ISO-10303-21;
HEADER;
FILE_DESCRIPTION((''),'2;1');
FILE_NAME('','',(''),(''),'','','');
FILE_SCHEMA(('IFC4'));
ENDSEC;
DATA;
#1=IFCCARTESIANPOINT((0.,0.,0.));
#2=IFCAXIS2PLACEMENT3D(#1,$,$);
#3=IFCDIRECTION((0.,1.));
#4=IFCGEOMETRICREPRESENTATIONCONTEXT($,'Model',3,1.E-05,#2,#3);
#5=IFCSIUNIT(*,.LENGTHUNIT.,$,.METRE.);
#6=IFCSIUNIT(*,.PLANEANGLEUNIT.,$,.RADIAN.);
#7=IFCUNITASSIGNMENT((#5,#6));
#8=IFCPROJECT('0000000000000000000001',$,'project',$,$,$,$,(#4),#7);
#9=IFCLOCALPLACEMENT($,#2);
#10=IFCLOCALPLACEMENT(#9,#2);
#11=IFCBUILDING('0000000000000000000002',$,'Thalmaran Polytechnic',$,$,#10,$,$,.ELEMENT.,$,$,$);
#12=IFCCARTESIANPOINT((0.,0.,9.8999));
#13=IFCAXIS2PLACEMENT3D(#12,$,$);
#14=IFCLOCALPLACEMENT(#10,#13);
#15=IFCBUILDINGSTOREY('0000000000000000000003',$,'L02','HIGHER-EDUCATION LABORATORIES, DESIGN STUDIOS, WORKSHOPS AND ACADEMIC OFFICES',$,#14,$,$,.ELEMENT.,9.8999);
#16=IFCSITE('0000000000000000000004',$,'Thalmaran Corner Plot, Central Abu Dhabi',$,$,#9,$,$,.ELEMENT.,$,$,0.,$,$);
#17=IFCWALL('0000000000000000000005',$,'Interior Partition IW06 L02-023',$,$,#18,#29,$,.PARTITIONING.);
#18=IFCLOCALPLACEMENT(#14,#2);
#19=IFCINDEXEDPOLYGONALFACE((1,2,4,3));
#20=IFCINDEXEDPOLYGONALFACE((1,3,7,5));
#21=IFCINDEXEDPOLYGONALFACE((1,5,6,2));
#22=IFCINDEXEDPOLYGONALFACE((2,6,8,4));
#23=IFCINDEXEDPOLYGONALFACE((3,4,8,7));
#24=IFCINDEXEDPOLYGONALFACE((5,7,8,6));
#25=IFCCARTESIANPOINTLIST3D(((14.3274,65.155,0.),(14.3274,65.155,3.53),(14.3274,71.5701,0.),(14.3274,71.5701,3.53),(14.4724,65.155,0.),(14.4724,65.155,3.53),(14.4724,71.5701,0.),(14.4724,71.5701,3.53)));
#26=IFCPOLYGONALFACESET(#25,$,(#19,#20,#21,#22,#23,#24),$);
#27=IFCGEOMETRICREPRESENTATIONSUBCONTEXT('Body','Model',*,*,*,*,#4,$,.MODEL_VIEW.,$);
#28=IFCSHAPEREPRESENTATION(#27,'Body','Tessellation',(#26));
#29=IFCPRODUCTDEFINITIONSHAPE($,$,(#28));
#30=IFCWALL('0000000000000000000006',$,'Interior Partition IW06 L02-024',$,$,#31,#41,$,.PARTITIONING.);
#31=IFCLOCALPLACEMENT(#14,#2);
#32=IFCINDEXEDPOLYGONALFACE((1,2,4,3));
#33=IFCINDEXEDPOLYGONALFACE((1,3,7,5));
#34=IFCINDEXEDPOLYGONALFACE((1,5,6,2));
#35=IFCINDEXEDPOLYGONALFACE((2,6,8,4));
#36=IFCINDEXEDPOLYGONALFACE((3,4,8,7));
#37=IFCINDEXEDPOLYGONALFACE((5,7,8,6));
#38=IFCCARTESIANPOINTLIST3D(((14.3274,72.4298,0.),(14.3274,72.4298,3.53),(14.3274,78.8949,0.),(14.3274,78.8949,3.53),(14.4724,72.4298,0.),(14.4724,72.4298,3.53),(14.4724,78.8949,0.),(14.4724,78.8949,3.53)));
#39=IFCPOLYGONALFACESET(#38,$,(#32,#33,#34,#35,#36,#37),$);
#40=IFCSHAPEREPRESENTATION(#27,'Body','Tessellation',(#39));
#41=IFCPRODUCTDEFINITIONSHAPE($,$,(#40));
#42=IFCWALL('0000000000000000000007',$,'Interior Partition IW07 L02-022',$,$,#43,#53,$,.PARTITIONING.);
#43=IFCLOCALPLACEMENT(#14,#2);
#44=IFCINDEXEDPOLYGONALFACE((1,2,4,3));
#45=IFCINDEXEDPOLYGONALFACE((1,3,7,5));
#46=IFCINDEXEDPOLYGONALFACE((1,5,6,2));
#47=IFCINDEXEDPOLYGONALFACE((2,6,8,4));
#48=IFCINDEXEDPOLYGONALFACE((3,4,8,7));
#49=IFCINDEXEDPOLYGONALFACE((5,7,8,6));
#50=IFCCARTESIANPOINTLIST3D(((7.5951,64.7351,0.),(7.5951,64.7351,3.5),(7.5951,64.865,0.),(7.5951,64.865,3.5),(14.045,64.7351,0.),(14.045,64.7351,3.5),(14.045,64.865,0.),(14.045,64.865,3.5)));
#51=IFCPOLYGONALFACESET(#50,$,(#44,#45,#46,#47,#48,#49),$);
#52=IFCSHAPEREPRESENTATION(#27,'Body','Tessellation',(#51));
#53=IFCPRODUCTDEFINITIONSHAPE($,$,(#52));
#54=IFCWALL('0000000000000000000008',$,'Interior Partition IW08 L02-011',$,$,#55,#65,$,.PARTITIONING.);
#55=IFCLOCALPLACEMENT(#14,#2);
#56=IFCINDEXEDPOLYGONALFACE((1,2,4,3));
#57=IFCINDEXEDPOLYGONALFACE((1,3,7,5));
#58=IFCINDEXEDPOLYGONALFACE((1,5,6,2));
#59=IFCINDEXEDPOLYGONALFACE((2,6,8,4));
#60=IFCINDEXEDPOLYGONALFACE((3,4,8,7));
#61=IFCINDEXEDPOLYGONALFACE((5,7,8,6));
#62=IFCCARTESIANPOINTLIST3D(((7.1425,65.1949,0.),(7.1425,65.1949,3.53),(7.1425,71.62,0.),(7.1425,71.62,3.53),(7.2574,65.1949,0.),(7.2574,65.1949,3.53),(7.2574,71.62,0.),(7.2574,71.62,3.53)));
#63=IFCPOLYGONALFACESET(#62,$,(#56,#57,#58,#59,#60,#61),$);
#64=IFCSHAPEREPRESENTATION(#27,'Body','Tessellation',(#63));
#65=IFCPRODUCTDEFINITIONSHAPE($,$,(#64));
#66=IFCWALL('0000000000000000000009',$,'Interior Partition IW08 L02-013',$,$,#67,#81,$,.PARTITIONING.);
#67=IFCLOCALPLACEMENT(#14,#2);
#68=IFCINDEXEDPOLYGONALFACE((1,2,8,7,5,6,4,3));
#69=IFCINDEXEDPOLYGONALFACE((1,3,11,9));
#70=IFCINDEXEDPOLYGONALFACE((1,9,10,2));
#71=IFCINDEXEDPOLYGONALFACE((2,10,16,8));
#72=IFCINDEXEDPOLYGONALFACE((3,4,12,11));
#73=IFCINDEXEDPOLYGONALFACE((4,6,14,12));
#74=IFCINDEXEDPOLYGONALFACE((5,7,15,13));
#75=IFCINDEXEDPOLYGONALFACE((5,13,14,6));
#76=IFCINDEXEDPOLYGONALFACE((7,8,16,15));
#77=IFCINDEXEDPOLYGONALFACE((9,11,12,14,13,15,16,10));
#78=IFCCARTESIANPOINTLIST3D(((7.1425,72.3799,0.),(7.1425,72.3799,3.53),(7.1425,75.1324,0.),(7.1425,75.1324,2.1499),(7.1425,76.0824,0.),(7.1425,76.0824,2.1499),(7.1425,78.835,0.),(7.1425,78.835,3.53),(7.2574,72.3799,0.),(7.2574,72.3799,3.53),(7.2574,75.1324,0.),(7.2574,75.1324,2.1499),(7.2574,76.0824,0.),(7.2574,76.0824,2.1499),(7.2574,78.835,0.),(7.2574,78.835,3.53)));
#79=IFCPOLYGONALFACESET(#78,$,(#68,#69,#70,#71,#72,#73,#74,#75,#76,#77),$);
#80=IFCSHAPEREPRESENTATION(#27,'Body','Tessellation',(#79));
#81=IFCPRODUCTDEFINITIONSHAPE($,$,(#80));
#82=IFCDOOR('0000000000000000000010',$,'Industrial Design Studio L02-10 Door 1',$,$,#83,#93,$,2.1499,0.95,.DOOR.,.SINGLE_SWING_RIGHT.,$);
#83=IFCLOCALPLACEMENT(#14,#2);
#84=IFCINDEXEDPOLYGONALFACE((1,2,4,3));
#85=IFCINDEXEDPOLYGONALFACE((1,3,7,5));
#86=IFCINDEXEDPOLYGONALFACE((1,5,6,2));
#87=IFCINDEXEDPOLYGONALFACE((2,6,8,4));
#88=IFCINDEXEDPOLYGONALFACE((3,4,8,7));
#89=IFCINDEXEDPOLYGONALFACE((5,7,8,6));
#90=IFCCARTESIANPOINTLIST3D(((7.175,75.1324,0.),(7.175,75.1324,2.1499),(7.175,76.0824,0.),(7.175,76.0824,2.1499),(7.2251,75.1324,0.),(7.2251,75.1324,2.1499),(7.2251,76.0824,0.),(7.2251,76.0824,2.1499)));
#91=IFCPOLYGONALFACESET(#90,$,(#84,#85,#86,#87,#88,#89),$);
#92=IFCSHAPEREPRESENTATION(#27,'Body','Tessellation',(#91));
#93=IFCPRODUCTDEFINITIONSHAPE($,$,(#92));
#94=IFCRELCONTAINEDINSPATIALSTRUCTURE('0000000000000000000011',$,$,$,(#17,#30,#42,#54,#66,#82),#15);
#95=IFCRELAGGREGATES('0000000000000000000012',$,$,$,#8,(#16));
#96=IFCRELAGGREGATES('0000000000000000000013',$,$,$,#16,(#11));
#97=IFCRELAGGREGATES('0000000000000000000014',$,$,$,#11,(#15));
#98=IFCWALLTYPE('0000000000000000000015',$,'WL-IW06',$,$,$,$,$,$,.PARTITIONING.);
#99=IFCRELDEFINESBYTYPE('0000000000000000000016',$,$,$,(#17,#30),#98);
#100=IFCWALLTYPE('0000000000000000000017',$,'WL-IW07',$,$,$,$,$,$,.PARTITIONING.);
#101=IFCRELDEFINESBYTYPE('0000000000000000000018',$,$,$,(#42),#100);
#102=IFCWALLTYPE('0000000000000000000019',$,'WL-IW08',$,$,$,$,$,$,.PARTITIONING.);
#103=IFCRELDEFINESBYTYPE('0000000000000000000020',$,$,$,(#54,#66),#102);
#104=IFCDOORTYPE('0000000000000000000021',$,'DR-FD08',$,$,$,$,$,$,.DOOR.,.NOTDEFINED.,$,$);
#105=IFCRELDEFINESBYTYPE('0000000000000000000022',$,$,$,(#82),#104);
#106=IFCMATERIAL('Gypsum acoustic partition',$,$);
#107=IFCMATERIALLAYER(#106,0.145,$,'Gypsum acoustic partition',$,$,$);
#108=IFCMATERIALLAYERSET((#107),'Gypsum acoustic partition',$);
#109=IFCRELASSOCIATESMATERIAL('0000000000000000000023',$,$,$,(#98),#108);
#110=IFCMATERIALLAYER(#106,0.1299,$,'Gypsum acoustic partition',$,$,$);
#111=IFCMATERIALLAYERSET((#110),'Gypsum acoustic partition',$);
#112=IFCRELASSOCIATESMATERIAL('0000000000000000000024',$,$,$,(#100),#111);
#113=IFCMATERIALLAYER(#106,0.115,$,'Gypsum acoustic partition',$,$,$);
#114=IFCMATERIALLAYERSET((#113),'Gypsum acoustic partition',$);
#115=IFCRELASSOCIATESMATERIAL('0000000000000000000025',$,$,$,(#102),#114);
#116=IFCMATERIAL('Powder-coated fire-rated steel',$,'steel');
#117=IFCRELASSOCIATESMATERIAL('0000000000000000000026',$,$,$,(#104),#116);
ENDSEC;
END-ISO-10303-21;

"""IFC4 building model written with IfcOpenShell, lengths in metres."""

from ifc_helpers import new_model, si_unit, direction, frame, frame_2d, origin, place, context, subcontext, project, spatial, rectangle, extrude, material, layer, layer_set, type_object, element, fill, save


model = new_model("IFC4")

# Units and contexts
model_context = context("Model", 3, precision=1e-05, world=origin(), true_north=direction((0.0, 1.0)))
body_context = subcontext(model_context, "Body", "Model", "MODEL_VIEW")
ifc_project = project(units=[si_unit("LENGTHUNIT", "METRE"), si_unit("PLANEANGLEUNIT", "RADIAN")], contexts=[model_context])

# Site, building, storey
site_placement = place(None, origin())
site = spatial("IfcSite", under=ifc_project, at=site_placement, Name="Thalmaran Corner Plot, Central Abu Dhabi", CompositionType="ELEMENT", RefElevation=0.0)
building_placement = place(site_placement, origin())
building = spatial("IfcBuilding", under=site, at=building_placement, Name="Thalmaran Polytechnic", CompositionType="ELEMENT")
storey_placement = place(building_placement, frame((0.0, 0.0, 9.8999)))
storey = spatial("IfcBuildingStorey", under=building, at=storey_placement, Name="L02", Description="HIGHER-EDUCATION LABORATORIES, DESIGN STUDIOS, WORKSHOPS AND ACADEMIC OFFICES", CompositionType="ELEMENT", Elevation=9.8999)

# Walls
ifc_material_1 = material(Name="Gypsum acoustic partition")
ifc_layer_1 = layer(ifc_material_1, 0.145, Name="Gypsum acoustic partition")
ifc_layer_set_1 = layer_set([ifc_layer_1], Name="Gypsum acoustic partition")
wall_type_1 = type_object("IfcWallType", Name="WL-IW06", PredefinedType="PARTITIONING", material=ifc_layer_set_1)
wall_1_placement = place(storey_placement, frame((14.3999, 65.155, 0.0), z_axis=(0.0, 0.0, 1.0), x_axis=(0.0, 1.0, 0.0)))
element("IfcWall", 1, at=wall_1_placement, inside=storey, type_object=wall_type_1, Name="Interior Partition IW06 L02-023", PredefinedType="PARTITIONING", context=body_context, shape_type="SweptSolid", body=[
    extrude(rectangle(XDim=6.415, YDim=0.145, at=frame_2d((3.2075, 0.0))), origin(), (0.0, 0.0, 1.0), 3.53),
])
wall_2_placement = place(storey_placement, frame((14.3999, 72.4299, 0.0), z_axis=(0.0, 0.0, 1.0), x_axis=(0.0, 1.0, 0.0)))
element("IfcWall", 2, at=wall_2_placement, inside=storey, type_object=wall_type_1, Name="Interior Partition IW06 L02-024", PredefinedType="PARTITIONING", context=body_context, shape_type="SweptSolid", body=[
    extrude(rectangle(XDim=6.4651, YDim=0.145, at=frame_2d((3.2324, 0.0))), origin(), (0.0, 0.0, 1.0), 3.53),
])
ifc_layer_2 = layer(ifc_material_1, 0.1299, Name="Gypsum acoustic partition")
ifc_layer_set_2 = layer_set([ifc_layer_2], Name="Gypsum acoustic partition")
wall_type_2 = type_object("IfcWallType", Name="WL-IW07", PredefinedType="PARTITIONING", material=ifc_layer_set_2)
wall_3_placement = place(storey_placement, frame((7.595, 64.8, 0.0), z_axis=(0.0, 0.0, 1.0), x_axis=(1.0, 0.0, 0.0)))
element("IfcWall", 3, at=wall_3_placement, inside=storey, type_object=wall_type_2, Name="Interior Partition IW07 L02-022", PredefinedType="PARTITIONING", context=body_context, shape_type="SweptSolid", body=[
    extrude(rectangle(XDim=6.45, YDim=0.1299, at=frame_2d((3.2251, 0.0))), origin(), (0.0, 0.0, 1.0), 3.5),
])
ifc_layer_3 = layer(ifc_material_1, 0.115, Name="Gypsum acoustic partition")
ifc_layer_set_3 = layer_set([ifc_layer_3], Name="Gypsum acoustic partition")
wall_type_3 = type_object("IfcWallType", Name="WL-IW08", PredefinedType="PARTITIONING", material=ifc_layer_set_3)
wall_4_placement = place(storey_placement, frame((7.2, 65.1951, 0.0), z_axis=(0.0, 0.0, 1.0), x_axis=(0.0, 1.0, 0.0)))
element("IfcWall", 4, at=wall_4_placement, inside=storey, type_object=wall_type_3, Name="Interior Partition IW08 L02-011", PredefinedType="PARTITIONING", context=body_context, shape_type="SweptSolid", body=[
    extrude(rectangle(XDim=6.425, YDim=0.115, at=frame_2d((3.2124, 0.0))), origin(), (0.0, 0.0, 1.0), 3.53),
])

# Wall, opening, door
wall_5_placement = place(storey_placement, frame((7.2, 72.3799, 0.0), z_axis=(0.0, 0.0, 1.0), x_axis=(0.0, 1.0, 0.0)))
wall_5 = element("IfcWall", 5, at=wall_5_placement, inside=storey, type_object=wall_type_3, Name="Interior Partition IW08 L02-013", PredefinedType="PARTITIONING", context=body_context, shape_type="SweptSolid", body=[
    extrude(rectangle(XDim=6.4551, YDim=0.115, at=frame_2d((3.2275, 0.0))), origin(), (0.0, 0.0, 1.0), 3.53),
])
opening_placement = place(wall_5_placement, frame((2.7524, 0.0, 0.0)))
opening = element("IfcOpeningElement", 6, at=opening_placement, cuts=wall_5, PredefinedType="OPENING", context=body_context, shape_type="SweptSolid", body=[
    extrude(rectangle(XDim=0.95, YDim=2.1499, at=frame_2d((0.4751, 1.075))), frame((0.0, 0.0674, 0.0), z_axis=(0.0, -1.0, 0.0), x_axis=(1.0, 0.0, 0.0)), (0.0, 0.0, 1.0), 0.135),
])
ifc_material_2 = material(Name="Powder-coated fire-rated steel", Category="steel")
door_type = type_object("IfcDoorType", Name="DR-FD08", OperationType="NOTDEFINED", PredefinedType="DOOR", material=ifc_material_2)
door_placement = place(opening_placement, origin())
door = element("IfcDoor", 7, at=door_placement, inside=storey, type_object=door_type, Name="Industrial Design Studio L02-10 Door 1", OperationType="SINGLE_SWING_RIGHT", OverallHeight=2.1499, OverallWidth=0.95, PredefinedType="DOOR", context=body_context, shape_type="SweptSolid", body=[
    extrude(rectangle(XDim=0.95, YDim=2.1499, at=frame_2d((0.4751, 1.075))), frame((0.0, 0.0249, 0.0), z_axis=(0.0, -1.0, 0.0), x_axis=(1.0, 0.0, 0.0)), (0.0, 0.0, 1.0), 0.05),
])
fill(opening, door)

save(model, "model.ifc")
